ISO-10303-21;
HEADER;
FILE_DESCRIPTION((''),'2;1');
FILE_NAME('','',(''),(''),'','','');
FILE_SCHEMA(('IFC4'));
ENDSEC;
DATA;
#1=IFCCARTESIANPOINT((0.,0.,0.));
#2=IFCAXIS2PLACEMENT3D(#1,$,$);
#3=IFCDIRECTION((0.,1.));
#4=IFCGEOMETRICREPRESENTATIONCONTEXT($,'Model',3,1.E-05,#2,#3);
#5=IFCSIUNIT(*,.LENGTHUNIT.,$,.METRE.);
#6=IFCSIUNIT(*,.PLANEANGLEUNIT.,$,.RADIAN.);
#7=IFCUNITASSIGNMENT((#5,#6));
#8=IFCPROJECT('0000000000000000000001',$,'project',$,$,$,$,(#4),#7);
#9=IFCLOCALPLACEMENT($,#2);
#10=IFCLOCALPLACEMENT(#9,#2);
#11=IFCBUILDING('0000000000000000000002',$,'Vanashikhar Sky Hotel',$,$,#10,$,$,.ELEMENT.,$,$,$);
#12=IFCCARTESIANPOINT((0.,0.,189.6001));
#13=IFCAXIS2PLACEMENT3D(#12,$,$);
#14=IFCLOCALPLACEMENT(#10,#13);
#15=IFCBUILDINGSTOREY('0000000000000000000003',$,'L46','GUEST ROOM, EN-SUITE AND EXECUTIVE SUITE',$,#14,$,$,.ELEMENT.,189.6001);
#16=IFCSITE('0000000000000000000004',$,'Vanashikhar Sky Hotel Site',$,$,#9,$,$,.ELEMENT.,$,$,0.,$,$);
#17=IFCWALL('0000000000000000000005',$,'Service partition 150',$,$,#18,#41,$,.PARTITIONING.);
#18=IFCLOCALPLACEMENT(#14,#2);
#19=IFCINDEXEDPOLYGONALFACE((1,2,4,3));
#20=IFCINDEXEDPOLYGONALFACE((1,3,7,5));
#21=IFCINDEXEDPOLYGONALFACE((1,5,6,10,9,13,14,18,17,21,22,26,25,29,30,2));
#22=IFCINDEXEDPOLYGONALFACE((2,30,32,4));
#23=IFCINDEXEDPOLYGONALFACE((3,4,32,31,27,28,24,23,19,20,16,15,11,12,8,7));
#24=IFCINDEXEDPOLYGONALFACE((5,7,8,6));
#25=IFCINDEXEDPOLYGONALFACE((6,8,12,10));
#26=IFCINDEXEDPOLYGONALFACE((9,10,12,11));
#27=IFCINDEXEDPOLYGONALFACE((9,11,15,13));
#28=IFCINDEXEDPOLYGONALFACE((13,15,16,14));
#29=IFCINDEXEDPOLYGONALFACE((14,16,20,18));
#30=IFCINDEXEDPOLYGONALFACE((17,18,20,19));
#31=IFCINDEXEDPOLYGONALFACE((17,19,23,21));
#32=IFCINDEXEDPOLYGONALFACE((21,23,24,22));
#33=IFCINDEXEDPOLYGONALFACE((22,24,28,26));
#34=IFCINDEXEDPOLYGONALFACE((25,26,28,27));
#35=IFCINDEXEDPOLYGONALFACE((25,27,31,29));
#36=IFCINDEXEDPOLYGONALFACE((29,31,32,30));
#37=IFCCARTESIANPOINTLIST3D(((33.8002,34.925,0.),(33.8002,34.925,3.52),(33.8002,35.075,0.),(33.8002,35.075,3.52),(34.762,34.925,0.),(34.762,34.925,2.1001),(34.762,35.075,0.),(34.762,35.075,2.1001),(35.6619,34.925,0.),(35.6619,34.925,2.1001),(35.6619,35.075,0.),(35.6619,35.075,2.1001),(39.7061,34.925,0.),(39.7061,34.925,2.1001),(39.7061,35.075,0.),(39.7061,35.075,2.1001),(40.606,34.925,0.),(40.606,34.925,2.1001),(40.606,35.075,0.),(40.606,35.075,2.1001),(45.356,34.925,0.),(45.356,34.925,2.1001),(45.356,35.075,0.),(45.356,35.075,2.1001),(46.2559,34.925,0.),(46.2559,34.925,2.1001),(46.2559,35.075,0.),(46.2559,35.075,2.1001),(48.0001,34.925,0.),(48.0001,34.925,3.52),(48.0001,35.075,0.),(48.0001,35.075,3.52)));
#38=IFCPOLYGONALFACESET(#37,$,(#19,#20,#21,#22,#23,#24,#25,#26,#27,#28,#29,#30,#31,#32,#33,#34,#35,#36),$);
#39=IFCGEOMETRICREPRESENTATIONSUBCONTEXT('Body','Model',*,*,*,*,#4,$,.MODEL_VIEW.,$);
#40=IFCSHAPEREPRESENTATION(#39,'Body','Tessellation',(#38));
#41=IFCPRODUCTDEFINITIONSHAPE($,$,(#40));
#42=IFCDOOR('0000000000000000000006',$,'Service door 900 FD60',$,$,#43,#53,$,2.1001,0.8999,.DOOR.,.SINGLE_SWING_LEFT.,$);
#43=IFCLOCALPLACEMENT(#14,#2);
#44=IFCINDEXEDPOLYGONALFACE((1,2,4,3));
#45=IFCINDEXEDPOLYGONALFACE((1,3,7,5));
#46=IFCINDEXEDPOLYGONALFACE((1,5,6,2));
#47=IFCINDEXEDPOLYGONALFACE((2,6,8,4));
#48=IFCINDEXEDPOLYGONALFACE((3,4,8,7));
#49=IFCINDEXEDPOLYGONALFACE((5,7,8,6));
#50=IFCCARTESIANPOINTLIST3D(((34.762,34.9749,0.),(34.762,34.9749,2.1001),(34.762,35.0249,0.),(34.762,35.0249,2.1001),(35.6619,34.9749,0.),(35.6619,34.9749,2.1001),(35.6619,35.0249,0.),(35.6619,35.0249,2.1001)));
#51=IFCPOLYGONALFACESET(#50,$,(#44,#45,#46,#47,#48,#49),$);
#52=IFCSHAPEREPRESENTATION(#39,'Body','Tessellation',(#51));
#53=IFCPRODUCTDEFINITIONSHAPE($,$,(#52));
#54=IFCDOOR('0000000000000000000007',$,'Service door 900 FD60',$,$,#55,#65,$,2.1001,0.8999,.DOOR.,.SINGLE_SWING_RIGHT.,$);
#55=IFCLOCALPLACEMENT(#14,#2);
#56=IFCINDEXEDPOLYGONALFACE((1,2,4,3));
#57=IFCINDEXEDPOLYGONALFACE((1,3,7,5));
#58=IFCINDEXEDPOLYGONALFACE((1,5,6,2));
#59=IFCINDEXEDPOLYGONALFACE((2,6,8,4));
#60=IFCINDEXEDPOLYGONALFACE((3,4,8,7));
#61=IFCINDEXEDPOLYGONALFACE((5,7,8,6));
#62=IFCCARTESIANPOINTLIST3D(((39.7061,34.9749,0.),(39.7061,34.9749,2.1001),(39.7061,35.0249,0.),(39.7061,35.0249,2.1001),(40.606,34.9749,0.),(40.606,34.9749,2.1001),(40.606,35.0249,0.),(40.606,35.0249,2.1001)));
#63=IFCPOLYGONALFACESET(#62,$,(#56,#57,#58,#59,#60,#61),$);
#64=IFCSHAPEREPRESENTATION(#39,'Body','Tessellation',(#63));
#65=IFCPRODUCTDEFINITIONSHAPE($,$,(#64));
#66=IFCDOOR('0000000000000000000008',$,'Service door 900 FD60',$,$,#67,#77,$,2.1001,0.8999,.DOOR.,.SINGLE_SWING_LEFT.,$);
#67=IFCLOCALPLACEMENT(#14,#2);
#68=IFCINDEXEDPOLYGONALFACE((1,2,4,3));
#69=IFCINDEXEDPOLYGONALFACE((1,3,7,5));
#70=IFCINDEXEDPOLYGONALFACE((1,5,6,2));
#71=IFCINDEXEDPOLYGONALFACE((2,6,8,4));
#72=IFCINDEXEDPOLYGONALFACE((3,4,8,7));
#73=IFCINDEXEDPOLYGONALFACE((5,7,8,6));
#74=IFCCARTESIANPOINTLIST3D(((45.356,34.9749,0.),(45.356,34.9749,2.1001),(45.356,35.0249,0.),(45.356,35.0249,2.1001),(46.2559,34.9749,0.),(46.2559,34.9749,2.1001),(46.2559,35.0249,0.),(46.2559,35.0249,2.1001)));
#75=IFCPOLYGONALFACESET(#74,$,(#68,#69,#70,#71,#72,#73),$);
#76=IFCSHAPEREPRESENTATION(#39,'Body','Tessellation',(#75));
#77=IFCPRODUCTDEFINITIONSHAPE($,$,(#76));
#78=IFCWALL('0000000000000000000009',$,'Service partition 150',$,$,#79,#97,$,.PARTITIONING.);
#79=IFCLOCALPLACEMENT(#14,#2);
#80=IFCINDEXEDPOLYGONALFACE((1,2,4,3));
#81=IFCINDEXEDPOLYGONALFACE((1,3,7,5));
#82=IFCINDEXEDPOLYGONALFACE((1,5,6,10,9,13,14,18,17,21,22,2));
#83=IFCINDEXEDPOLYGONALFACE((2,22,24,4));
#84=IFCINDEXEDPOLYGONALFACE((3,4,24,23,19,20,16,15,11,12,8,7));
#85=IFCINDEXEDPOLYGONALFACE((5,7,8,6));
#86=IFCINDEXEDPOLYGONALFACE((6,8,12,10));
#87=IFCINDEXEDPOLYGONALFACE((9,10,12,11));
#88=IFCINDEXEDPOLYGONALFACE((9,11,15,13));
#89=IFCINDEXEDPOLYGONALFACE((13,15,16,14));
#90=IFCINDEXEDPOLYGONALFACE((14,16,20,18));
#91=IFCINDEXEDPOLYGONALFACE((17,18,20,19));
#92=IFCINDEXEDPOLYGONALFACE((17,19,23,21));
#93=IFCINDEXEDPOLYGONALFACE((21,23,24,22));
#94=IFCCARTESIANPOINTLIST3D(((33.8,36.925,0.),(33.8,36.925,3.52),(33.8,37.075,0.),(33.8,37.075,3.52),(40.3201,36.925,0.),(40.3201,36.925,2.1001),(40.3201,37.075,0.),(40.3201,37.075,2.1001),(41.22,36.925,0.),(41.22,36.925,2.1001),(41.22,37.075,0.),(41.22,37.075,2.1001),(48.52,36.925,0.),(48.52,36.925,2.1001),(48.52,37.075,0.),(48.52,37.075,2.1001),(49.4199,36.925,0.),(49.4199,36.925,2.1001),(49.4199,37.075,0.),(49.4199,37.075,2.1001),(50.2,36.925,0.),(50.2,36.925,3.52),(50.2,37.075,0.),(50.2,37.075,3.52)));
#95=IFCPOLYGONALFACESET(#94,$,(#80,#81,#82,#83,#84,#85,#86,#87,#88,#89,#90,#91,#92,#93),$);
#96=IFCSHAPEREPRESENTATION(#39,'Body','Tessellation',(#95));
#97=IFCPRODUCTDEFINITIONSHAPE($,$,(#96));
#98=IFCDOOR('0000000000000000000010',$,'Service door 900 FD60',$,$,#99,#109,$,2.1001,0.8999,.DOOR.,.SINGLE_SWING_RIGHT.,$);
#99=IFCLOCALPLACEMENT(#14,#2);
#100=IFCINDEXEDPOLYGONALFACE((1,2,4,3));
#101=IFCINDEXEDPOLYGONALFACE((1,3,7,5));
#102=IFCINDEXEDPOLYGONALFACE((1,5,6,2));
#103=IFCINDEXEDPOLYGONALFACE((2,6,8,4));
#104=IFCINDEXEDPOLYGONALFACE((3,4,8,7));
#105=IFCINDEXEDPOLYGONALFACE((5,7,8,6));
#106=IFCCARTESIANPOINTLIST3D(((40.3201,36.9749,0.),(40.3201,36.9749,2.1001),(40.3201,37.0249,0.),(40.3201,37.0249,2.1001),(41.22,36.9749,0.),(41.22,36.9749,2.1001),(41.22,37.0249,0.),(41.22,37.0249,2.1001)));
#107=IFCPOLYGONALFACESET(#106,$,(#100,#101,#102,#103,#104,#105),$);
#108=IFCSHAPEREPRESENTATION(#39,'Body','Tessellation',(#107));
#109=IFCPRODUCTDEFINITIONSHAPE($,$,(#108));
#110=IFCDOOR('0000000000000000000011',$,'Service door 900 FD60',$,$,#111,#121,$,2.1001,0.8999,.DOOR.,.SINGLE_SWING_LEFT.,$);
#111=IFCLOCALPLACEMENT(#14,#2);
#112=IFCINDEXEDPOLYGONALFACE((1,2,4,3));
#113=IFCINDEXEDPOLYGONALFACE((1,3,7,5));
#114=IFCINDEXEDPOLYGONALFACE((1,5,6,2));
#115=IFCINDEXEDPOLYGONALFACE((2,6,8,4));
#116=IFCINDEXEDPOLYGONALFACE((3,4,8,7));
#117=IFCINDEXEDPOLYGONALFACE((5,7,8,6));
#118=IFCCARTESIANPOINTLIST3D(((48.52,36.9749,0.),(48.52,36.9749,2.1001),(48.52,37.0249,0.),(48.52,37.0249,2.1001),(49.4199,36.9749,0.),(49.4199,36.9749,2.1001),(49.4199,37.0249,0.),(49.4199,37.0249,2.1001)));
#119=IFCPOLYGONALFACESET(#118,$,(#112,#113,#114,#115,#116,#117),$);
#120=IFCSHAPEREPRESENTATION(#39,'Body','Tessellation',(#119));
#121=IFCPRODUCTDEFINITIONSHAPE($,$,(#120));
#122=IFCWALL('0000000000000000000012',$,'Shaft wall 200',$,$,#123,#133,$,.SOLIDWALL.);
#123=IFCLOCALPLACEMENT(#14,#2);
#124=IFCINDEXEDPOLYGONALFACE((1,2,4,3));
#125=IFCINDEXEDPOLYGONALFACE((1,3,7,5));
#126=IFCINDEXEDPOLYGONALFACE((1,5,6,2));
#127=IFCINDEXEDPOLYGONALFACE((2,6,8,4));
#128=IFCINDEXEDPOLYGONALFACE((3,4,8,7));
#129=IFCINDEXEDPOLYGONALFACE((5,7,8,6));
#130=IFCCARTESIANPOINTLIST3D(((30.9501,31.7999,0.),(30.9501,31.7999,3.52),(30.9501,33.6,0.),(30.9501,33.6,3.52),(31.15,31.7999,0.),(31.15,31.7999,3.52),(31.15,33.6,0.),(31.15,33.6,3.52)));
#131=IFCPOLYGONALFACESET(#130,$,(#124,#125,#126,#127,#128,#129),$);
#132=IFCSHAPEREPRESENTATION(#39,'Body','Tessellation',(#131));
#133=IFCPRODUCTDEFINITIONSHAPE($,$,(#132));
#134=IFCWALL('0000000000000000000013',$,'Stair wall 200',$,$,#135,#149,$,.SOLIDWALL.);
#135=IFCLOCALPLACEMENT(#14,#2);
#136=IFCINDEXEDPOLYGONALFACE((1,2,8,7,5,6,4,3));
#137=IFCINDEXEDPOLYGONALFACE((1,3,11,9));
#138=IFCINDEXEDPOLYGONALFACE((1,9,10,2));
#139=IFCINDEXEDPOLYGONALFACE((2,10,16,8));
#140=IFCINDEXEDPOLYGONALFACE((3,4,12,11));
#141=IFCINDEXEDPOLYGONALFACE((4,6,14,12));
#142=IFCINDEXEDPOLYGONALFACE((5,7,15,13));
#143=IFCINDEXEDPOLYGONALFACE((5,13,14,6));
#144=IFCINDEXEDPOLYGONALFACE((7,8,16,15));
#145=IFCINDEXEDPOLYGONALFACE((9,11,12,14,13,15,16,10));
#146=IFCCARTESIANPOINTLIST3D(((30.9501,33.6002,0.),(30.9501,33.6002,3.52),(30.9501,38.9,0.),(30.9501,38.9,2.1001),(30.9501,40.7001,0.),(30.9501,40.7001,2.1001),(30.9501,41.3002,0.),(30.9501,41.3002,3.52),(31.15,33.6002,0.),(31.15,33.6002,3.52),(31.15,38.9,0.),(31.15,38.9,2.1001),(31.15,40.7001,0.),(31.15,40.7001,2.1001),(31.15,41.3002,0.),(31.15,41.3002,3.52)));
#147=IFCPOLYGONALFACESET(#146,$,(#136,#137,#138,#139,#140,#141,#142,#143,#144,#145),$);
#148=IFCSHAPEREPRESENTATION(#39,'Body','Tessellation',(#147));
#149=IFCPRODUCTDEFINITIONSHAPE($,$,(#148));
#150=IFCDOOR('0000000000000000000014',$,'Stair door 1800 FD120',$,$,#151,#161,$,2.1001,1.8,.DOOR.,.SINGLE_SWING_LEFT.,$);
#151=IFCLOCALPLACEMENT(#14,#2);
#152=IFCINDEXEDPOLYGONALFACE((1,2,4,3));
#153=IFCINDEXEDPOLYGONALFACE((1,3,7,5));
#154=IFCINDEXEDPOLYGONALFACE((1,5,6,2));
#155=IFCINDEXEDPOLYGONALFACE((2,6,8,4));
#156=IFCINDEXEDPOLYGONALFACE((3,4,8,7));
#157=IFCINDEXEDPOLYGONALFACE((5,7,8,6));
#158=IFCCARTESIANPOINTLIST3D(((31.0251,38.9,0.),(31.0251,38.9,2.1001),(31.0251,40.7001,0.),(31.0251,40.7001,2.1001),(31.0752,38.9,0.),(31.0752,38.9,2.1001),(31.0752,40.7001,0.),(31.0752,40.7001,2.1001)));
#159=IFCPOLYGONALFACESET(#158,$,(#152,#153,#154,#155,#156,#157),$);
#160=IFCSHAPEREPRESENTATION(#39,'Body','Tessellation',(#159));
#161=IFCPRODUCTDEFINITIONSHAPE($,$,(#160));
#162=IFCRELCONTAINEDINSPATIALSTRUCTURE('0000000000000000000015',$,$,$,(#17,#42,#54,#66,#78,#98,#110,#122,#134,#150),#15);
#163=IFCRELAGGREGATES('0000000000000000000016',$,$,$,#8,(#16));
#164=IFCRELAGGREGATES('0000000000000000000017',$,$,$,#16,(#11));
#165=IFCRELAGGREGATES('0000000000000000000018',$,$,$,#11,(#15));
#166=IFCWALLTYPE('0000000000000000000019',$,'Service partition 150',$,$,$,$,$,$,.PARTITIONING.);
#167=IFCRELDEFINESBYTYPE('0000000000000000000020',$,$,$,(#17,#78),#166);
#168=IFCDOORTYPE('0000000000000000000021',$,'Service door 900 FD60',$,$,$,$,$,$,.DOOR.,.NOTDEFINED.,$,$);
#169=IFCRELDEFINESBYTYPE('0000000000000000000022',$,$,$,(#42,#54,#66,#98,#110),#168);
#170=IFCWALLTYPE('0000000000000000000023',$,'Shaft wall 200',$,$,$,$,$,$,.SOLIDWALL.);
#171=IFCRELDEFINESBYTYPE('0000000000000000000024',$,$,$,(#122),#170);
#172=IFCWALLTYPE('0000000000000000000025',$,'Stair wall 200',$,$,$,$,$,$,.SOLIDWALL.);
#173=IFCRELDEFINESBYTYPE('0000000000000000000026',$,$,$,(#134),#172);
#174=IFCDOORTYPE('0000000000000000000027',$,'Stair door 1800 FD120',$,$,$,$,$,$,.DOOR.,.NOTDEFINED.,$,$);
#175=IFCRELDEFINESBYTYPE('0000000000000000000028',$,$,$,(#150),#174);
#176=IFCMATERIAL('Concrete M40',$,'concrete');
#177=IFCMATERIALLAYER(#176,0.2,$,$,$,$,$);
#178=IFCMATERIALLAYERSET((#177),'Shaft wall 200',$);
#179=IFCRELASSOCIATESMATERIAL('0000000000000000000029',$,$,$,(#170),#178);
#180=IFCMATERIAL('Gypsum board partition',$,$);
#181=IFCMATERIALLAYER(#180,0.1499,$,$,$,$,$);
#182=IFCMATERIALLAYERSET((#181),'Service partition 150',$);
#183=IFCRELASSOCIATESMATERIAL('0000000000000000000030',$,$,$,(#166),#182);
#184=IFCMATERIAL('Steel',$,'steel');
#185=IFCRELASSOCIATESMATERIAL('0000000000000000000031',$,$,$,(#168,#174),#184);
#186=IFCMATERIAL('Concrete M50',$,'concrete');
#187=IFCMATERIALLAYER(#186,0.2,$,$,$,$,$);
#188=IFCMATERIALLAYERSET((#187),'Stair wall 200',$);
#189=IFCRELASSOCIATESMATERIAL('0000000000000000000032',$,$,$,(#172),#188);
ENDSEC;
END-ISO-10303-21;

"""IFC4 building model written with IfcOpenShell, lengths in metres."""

from ifc_helpers import new_model, si_unit, direction, frame, frame_2d, origin, place, context, subcontext, project, spatial, rectangle, extrude, source, transform, mapped, material, layer, layer_set, type_object, element, fill, save


model = new_model("IFC4")

# Units and contexts
model_context = context("Model", 3, precision=1e-05, world=origin(), true_north=direction((0.0, 1.0)))
body_context = subcontext(model_context, "Body", "Model", "MODEL_VIEW")
ifc_project = project(units=[si_unit("LENGTHUNIT", "METRE"), si_unit("PLANEANGLEUNIT", "RADIAN")], contexts=[model_context])

# Site, building, storey
site_placement = place(None, origin())
site = spatial("IfcSite", under=ifc_project, at=site_placement, Name="Vanashikhar Sky Hotel Site", CompositionType="ELEMENT", RefElevation=0.0)
building_placement = place(site_placement, origin())
building = spatial("IfcBuilding", under=site, at=building_placement, Name="Vanashikhar Sky Hotel", CompositionType="ELEMENT")
storey_placement = place(building_placement, frame((0.0, 0.0, 189.6001)))
storey = spatial("IfcBuildingStorey", under=building, at=storey_placement, Name="L46", Description="GUEST ROOM, EN-SUITE AND EXECUTIVE SUITE", CompositionType="ELEMENT", Elevation=189.6001)

# Shared definitions
ifc_material_1 = material(Name="Steel", Category="steel")

# Shared definitions
ifc_material_2 = material(Name="Concrete M50", Category="concrete")

# Shared definitions
ifc_material_3 = material(Name="Concrete M40", Category="concrete")
ifc_layer_1 = layer(ifc_material_3, 0.2)
ifc_layer_set_1 = layer_set([ifc_layer_1], Name="Shaft wall 200")
wall_type_1 = type_object("IfcWallType", Name="Shaft wall 200", PredefinedType="SOLIDWALL", material=ifc_layer_set_1)
ifc_material_4 = material(Name="Gypsum board partition")
ifc_layer_2 = layer(ifc_material_4, 0.1499)
ifc_layer_set_2 = layer_set([ifc_layer_2], Name="Service partition 150")
wall_type_2 = type_object("IfcWallType", Name="Service partition 150", PredefinedType="PARTITIONING", material=ifc_layer_set_2)

# Walls, openings, doors
shared_shape_1 = source(origin(), body_context, "Body", "SweptSolid", [
    extrude(rectangle(XDim=14.2, YDim=0.1499, at=frame_2d((7.1001, 0.0))), origin(), (0.0, 0.0, 1.0), 3.52),
])
wall_1_placement = place(storey_placement, frame((33.8, 35.0, 0.0), z_axis=(0.0, 0.0, 1.0), x_axis=(1.0, 0.0, 0.0)))
wall_1 = element("IfcWall", 1, at=wall_1_placement, inside=storey, type_object=wall_type_2, Name="Service partition 150", PredefinedType="PARTITIONING", context=body_context, shape_type="MappedRepresentation", body=[
    mapped(shared_shape_1, transform((0.0, 0.0, 0.0), scale=1.0)),
])
shared_shape_2 = source(origin(), body_context, "Body", "SweptSolid", [
    extrude(rectangle(XDim=0.8999, YDim=2.1001, at=frame_2d((0.45, 1.05))), frame((0.0, 0.085, 0.0), z_axis=(0.0, -1.0, 0.0), x_axis=(1.0, 0.0, 0.0)), (0.0, 0.0, 1.0), 0.1699),
])
opening_1_placement = place(wall_1_placement, frame((0.9619, 0.0, 0.0)))
opening_1 = element("IfcOpeningElement", 2, at=opening_1_placement, cuts=wall_1, PredefinedType="OPENING", context=body_context, shape_type="MappedRepresentation", body=[
    mapped(shared_shape_2, transform((0.0, 0.0, 0.0), scale=1.0)),
])
opening_2_placement = place(wall_1_placement, frame((5.906, 0.0, 0.0)))
opening_2 = element("IfcOpeningElement", 3, at=opening_2_placement, cuts=wall_1, PredefinedType="OPENING", context=body_context, shape_type="MappedRepresentation", body=[
    mapped(shared_shape_2, transform((0.0, 0.0, 0.0), scale=1.0)),
])
opening_3_placement = place(wall_1_placement, frame((11.5559, 0.0, 0.0)))
opening_3 = element("IfcOpeningElement", 4, at=opening_3_placement, cuts=wall_1, PredefinedType="OPENING", context=body_context, shape_type="MappedRepresentation", body=[
    mapped(shared_shape_2, transform((0.0, 0.0, 0.0), scale=1.0)),
])
door_type_1 = type_object("IfcDoorType", Name="Service door 900 FD60", OperationType="NOTDEFINED", PredefinedType="DOOR", material=ifc_material_1)
shared_shape_3 = source(origin(), body_context, "Body", "SweptSolid", [
    extrude(rectangle(XDim=0.8999, YDim=2.1001, at=frame_2d((0.45, 1.05))), frame((0.0, 0.0249, 0.0), z_axis=(0.0, -1.0, 0.0), x_axis=(1.0, 0.0, 0.0)), (0.0, 0.0, 1.0), 0.05),
])
door_1_placement = place(opening_1_placement, origin())
door_1 = element("IfcDoor", 5, at=door_1_placement, inside=storey, type_object=door_type_1, Name="Service door 900 FD60", OperationType="SINGLE_SWING_LEFT", OverallHeight=2.1001, OverallWidth=0.8999, PredefinedType="DOOR", context=body_context, shape_type="MappedRepresentation", body=[
    mapped(shared_shape_3, transform((0.0, 0.0, 0.0), scale=1.0)),
])
fill(opening_1, door_1)
door_2_placement = place(opening_2_placement, origin())
door_2 = element("IfcDoor", 6, at=door_2_placement, inside=storey, type_object=door_type_1, Name="Service door 900 FD60", OperationType="SINGLE_SWING_RIGHT", OverallHeight=2.1001, OverallWidth=0.8999, PredefinedType="DOOR", context=body_context, shape_type="MappedRepresentation", body=[
    mapped(shared_shape_3, transform((0.0, 0.0, 0.0), scale=1.0)),
])
fill(opening_2, door_2)
door_3_placement = place(opening_3_placement, origin())
door_3 = element("IfcDoor", 7, at=door_3_placement, inside=storey, type_object=door_type_1, Name="Service door 900 FD60", OperationType="SINGLE_SWING_LEFT", OverallHeight=2.1001, OverallWidth=0.8999, PredefinedType="DOOR", context=body_context, shape_type="MappedRepresentation", body=[
    mapped(shared_shape_3, transform((0.0, 0.0, 0.0), scale=1.0)),
])
fill(opening_3, door_3)
shared_shape_4 = source(origin(), body_context, "Body", "SweptSolid", [
    extrude(rectangle(XDim=16.3999, YDim=0.1499, at=frame_2d((8.2, 0.0))), origin(), (0.0, 0.0, 1.0), 3.52),
])
wall_2_placement = place(storey_placement, frame((33.8, 37.0, 0.0), z_axis=(0.0, 0.0, 1.0), x_axis=(1.0, 0.0, 0.0)))
wall_2 = element("IfcWall", 8, at=wall_2_placement, inside=storey, type_object=wall_type_2, Name="Service partition 150", PredefinedType="PARTITIONING", context=body_context, shape_type="MappedRepresentation", body=[
    mapped(shared_shape_4, transform((0.0, 0.0, 0.0), scale=1.0)),
])
opening_4_placement = place(wall_2_placement, frame((6.52, 0.0, 0.0)))
opening_4 = element("IfcOpeningElement", 9, at=opening_4_placement, cuts=wall_2, PredefinedType="OPENING", context=body_context, shape_type="MappedRepresentation", body=[
    mapped(shared_shape_2, transform((0.0, 0.0, 0.0), scale=1.0)),
])
opening_5_placement = place(wall_2_placement, frame((14.72, 0.0, 0.0)))
opening_5 = element("IfcOpeningElement", 10, at=opening_5_placement, cuts=wall_2, PredefinedType="OPENING", context=body_context, shape_type="MappedRepresentation", body=[
    mapped(shared_shape_2, transform((0.0, 0.0, 0.0), scale=1.0)),
])
door_4_placement = place(opening_4_placement, origin())
door_4 = element("IfcDoor", 11, at=door_4_placement, inside=storey, type_object=door_type_1, Name="Service door 900 FD60", OperationType="SINGLE_SWING_RIGHT", OverallHeight=2.1001, OverallWidth=0.8999, PredefinedType="DOOR", context=body_context, shape_type="MappedRepresentation", body=[
    mapped(shared_shape_3, transform((0.0, 0.0, 0.0), scale=1.0)),
])
fill(opening_4, door_4)
door_5_placement = place(opening_5_placement, origin())
door_5 = element("IfcDoor", 12, at=door_5_placement, inside=storey, type_object=door_type_1, Name="Service door 900 FD60", OperationType="SINGLE_SWING_LEFT", OverallHeight=2.1001, OverallWidth=0.8999, PredefinedType="DOOR", context=body_context, shape_type="MappedRepresentation", body=[
    mapped(shared_shape_3, transform((0.0, 0.0, 0.0), scale=1.0)),
])
fill(opening_5, door_5)

# Wall
shared_shape_5 = source(origin(), body_context, "Body", "SweptSolid", [
    extrude(rectangle(XDim=1.8, YDim=0.2, at=frame_2d((0.8999, 0.0))), origin(), (0.0, 0.0, 1.0), 3.52),
])
wall_3_placement = place(storey_placement, frame((31.05, 31.8, 0.0), z_axis=(0.0, 0.0, 1.0), x_axis=(0.0, 1.0, 0.0)))
element("IfcWall", 13, at=wall_3_placement, inside=storey, type_object=wall_type_1, Name="Shaft wall 200", PredefinedType="SOLIDWALL", context=body_context, shape_type="MappedRepresentation", body=[
    mapped(shared_shape_5, transform((0.0, 0.0, 0.0), scale=1.0)),
])

# Wall, opening, door
ifc_layer_3 = layer(ifc_material_2, 0.2)
ifc_layer_set_3 = layer_set([ifc_layer_3], Name="Stair wall 200")
wall_type_3 = type_object("IfcWallType", Name="Stair wall 200", PredefinedType="SOLIDWALL", material=ifc_layer_set_3)
shared_shape_6 = source(origin(), body_context, "Body", "SweptSolid", [
    extrude(rectangle(XDim=7.7, YDim=0.2, at=frame_2d((3.8501, 0.0))), origin(), (0.0, 0.0, 1.0), 3.52),
])
wall_4_placement = place(storey_placement, frame((31.05, 33.6001, 0.0), z_axis=(0.0, 0.0, 1.0), x_axis=(0.0, 1.0, 0.0)))
wall_4 = element("IfcWall", 14, at=wall_4_placement, inside=storey, type_object=wall_type_3, Name="Stair wall 200", PredefinedType="SOLIDWALL", context=body_context, shape_type="MappedRepresentation", body=[
    mapped(shared_shape_6, transform((0.0, 0.0, 0.0), scale=1.0)),
])
shared_shape_7 = source(origin(), body_context, "Body", "SweptSolid", [
    extrude(rectangle(XDim=1.8, YDim=2.1001, at=frame_2d((0.8999, 1.05))), frame((0.0, 0.1099, 0.0), z_axis=(0.0, -1.0, 0.0), x_axis=(1.0, 0.0, 0.0)), (0.0, 0.0, 1.0), 0.22),
])
opening_6_placement = place(wall_4_placement, frame((5.3, 0.0, 0.0)))
opening_6 = element("IfcOpeningElement", 15, at=opening_6_placement, cuts=wall_4, PredefinedType="OPENING", context=body_context, shape_type="MappedRepresentation", body=[
    mapped(shared_shape_7, transform((0.0, 0.0, 0.0), scale=1.0)),
])
door_type_2 = type_object("IfcDoorType", Name="Stair door 1800 FD120", OperationType="NOTDEFINED", PredefinedType="DOOR", material=ifc_material_1)
shared_shape_8 = source(origin(), body_context, "Body", "SweptSolid", [
    extrude(rectangle(XDim=1.8, YDim=2.1001, at=frame_2d((0.8999, 1.05))), frame((0.0, 0.0249, 0.0), z_axis=(0.0, -1.0, 0.0), x_axis=(1.0, 0.0, 0.0)), (0.0, 0.0, 1.0), 0.05),
])
door_6_placement = place(opening_6_placement, origin())
door_6 = element("IfcDoor", 16, at=door_6_placement, inside=storey, type_object=door_type_2, Name="Stair door 1800 FD120", OperationType="SINGLE_SWING_LEFT", OverallHeight=2.1001, OverallWidth=1.8, PredefinedType="DOOR", context=body_context, shape_type="MappedRepresentation", body=[
    mapped(shared_shape_8, transform((0.0, 0.0, 0.0), scale=1.0)),
])
fill(opening_6, door_6)

save(model, "model.ifc")
